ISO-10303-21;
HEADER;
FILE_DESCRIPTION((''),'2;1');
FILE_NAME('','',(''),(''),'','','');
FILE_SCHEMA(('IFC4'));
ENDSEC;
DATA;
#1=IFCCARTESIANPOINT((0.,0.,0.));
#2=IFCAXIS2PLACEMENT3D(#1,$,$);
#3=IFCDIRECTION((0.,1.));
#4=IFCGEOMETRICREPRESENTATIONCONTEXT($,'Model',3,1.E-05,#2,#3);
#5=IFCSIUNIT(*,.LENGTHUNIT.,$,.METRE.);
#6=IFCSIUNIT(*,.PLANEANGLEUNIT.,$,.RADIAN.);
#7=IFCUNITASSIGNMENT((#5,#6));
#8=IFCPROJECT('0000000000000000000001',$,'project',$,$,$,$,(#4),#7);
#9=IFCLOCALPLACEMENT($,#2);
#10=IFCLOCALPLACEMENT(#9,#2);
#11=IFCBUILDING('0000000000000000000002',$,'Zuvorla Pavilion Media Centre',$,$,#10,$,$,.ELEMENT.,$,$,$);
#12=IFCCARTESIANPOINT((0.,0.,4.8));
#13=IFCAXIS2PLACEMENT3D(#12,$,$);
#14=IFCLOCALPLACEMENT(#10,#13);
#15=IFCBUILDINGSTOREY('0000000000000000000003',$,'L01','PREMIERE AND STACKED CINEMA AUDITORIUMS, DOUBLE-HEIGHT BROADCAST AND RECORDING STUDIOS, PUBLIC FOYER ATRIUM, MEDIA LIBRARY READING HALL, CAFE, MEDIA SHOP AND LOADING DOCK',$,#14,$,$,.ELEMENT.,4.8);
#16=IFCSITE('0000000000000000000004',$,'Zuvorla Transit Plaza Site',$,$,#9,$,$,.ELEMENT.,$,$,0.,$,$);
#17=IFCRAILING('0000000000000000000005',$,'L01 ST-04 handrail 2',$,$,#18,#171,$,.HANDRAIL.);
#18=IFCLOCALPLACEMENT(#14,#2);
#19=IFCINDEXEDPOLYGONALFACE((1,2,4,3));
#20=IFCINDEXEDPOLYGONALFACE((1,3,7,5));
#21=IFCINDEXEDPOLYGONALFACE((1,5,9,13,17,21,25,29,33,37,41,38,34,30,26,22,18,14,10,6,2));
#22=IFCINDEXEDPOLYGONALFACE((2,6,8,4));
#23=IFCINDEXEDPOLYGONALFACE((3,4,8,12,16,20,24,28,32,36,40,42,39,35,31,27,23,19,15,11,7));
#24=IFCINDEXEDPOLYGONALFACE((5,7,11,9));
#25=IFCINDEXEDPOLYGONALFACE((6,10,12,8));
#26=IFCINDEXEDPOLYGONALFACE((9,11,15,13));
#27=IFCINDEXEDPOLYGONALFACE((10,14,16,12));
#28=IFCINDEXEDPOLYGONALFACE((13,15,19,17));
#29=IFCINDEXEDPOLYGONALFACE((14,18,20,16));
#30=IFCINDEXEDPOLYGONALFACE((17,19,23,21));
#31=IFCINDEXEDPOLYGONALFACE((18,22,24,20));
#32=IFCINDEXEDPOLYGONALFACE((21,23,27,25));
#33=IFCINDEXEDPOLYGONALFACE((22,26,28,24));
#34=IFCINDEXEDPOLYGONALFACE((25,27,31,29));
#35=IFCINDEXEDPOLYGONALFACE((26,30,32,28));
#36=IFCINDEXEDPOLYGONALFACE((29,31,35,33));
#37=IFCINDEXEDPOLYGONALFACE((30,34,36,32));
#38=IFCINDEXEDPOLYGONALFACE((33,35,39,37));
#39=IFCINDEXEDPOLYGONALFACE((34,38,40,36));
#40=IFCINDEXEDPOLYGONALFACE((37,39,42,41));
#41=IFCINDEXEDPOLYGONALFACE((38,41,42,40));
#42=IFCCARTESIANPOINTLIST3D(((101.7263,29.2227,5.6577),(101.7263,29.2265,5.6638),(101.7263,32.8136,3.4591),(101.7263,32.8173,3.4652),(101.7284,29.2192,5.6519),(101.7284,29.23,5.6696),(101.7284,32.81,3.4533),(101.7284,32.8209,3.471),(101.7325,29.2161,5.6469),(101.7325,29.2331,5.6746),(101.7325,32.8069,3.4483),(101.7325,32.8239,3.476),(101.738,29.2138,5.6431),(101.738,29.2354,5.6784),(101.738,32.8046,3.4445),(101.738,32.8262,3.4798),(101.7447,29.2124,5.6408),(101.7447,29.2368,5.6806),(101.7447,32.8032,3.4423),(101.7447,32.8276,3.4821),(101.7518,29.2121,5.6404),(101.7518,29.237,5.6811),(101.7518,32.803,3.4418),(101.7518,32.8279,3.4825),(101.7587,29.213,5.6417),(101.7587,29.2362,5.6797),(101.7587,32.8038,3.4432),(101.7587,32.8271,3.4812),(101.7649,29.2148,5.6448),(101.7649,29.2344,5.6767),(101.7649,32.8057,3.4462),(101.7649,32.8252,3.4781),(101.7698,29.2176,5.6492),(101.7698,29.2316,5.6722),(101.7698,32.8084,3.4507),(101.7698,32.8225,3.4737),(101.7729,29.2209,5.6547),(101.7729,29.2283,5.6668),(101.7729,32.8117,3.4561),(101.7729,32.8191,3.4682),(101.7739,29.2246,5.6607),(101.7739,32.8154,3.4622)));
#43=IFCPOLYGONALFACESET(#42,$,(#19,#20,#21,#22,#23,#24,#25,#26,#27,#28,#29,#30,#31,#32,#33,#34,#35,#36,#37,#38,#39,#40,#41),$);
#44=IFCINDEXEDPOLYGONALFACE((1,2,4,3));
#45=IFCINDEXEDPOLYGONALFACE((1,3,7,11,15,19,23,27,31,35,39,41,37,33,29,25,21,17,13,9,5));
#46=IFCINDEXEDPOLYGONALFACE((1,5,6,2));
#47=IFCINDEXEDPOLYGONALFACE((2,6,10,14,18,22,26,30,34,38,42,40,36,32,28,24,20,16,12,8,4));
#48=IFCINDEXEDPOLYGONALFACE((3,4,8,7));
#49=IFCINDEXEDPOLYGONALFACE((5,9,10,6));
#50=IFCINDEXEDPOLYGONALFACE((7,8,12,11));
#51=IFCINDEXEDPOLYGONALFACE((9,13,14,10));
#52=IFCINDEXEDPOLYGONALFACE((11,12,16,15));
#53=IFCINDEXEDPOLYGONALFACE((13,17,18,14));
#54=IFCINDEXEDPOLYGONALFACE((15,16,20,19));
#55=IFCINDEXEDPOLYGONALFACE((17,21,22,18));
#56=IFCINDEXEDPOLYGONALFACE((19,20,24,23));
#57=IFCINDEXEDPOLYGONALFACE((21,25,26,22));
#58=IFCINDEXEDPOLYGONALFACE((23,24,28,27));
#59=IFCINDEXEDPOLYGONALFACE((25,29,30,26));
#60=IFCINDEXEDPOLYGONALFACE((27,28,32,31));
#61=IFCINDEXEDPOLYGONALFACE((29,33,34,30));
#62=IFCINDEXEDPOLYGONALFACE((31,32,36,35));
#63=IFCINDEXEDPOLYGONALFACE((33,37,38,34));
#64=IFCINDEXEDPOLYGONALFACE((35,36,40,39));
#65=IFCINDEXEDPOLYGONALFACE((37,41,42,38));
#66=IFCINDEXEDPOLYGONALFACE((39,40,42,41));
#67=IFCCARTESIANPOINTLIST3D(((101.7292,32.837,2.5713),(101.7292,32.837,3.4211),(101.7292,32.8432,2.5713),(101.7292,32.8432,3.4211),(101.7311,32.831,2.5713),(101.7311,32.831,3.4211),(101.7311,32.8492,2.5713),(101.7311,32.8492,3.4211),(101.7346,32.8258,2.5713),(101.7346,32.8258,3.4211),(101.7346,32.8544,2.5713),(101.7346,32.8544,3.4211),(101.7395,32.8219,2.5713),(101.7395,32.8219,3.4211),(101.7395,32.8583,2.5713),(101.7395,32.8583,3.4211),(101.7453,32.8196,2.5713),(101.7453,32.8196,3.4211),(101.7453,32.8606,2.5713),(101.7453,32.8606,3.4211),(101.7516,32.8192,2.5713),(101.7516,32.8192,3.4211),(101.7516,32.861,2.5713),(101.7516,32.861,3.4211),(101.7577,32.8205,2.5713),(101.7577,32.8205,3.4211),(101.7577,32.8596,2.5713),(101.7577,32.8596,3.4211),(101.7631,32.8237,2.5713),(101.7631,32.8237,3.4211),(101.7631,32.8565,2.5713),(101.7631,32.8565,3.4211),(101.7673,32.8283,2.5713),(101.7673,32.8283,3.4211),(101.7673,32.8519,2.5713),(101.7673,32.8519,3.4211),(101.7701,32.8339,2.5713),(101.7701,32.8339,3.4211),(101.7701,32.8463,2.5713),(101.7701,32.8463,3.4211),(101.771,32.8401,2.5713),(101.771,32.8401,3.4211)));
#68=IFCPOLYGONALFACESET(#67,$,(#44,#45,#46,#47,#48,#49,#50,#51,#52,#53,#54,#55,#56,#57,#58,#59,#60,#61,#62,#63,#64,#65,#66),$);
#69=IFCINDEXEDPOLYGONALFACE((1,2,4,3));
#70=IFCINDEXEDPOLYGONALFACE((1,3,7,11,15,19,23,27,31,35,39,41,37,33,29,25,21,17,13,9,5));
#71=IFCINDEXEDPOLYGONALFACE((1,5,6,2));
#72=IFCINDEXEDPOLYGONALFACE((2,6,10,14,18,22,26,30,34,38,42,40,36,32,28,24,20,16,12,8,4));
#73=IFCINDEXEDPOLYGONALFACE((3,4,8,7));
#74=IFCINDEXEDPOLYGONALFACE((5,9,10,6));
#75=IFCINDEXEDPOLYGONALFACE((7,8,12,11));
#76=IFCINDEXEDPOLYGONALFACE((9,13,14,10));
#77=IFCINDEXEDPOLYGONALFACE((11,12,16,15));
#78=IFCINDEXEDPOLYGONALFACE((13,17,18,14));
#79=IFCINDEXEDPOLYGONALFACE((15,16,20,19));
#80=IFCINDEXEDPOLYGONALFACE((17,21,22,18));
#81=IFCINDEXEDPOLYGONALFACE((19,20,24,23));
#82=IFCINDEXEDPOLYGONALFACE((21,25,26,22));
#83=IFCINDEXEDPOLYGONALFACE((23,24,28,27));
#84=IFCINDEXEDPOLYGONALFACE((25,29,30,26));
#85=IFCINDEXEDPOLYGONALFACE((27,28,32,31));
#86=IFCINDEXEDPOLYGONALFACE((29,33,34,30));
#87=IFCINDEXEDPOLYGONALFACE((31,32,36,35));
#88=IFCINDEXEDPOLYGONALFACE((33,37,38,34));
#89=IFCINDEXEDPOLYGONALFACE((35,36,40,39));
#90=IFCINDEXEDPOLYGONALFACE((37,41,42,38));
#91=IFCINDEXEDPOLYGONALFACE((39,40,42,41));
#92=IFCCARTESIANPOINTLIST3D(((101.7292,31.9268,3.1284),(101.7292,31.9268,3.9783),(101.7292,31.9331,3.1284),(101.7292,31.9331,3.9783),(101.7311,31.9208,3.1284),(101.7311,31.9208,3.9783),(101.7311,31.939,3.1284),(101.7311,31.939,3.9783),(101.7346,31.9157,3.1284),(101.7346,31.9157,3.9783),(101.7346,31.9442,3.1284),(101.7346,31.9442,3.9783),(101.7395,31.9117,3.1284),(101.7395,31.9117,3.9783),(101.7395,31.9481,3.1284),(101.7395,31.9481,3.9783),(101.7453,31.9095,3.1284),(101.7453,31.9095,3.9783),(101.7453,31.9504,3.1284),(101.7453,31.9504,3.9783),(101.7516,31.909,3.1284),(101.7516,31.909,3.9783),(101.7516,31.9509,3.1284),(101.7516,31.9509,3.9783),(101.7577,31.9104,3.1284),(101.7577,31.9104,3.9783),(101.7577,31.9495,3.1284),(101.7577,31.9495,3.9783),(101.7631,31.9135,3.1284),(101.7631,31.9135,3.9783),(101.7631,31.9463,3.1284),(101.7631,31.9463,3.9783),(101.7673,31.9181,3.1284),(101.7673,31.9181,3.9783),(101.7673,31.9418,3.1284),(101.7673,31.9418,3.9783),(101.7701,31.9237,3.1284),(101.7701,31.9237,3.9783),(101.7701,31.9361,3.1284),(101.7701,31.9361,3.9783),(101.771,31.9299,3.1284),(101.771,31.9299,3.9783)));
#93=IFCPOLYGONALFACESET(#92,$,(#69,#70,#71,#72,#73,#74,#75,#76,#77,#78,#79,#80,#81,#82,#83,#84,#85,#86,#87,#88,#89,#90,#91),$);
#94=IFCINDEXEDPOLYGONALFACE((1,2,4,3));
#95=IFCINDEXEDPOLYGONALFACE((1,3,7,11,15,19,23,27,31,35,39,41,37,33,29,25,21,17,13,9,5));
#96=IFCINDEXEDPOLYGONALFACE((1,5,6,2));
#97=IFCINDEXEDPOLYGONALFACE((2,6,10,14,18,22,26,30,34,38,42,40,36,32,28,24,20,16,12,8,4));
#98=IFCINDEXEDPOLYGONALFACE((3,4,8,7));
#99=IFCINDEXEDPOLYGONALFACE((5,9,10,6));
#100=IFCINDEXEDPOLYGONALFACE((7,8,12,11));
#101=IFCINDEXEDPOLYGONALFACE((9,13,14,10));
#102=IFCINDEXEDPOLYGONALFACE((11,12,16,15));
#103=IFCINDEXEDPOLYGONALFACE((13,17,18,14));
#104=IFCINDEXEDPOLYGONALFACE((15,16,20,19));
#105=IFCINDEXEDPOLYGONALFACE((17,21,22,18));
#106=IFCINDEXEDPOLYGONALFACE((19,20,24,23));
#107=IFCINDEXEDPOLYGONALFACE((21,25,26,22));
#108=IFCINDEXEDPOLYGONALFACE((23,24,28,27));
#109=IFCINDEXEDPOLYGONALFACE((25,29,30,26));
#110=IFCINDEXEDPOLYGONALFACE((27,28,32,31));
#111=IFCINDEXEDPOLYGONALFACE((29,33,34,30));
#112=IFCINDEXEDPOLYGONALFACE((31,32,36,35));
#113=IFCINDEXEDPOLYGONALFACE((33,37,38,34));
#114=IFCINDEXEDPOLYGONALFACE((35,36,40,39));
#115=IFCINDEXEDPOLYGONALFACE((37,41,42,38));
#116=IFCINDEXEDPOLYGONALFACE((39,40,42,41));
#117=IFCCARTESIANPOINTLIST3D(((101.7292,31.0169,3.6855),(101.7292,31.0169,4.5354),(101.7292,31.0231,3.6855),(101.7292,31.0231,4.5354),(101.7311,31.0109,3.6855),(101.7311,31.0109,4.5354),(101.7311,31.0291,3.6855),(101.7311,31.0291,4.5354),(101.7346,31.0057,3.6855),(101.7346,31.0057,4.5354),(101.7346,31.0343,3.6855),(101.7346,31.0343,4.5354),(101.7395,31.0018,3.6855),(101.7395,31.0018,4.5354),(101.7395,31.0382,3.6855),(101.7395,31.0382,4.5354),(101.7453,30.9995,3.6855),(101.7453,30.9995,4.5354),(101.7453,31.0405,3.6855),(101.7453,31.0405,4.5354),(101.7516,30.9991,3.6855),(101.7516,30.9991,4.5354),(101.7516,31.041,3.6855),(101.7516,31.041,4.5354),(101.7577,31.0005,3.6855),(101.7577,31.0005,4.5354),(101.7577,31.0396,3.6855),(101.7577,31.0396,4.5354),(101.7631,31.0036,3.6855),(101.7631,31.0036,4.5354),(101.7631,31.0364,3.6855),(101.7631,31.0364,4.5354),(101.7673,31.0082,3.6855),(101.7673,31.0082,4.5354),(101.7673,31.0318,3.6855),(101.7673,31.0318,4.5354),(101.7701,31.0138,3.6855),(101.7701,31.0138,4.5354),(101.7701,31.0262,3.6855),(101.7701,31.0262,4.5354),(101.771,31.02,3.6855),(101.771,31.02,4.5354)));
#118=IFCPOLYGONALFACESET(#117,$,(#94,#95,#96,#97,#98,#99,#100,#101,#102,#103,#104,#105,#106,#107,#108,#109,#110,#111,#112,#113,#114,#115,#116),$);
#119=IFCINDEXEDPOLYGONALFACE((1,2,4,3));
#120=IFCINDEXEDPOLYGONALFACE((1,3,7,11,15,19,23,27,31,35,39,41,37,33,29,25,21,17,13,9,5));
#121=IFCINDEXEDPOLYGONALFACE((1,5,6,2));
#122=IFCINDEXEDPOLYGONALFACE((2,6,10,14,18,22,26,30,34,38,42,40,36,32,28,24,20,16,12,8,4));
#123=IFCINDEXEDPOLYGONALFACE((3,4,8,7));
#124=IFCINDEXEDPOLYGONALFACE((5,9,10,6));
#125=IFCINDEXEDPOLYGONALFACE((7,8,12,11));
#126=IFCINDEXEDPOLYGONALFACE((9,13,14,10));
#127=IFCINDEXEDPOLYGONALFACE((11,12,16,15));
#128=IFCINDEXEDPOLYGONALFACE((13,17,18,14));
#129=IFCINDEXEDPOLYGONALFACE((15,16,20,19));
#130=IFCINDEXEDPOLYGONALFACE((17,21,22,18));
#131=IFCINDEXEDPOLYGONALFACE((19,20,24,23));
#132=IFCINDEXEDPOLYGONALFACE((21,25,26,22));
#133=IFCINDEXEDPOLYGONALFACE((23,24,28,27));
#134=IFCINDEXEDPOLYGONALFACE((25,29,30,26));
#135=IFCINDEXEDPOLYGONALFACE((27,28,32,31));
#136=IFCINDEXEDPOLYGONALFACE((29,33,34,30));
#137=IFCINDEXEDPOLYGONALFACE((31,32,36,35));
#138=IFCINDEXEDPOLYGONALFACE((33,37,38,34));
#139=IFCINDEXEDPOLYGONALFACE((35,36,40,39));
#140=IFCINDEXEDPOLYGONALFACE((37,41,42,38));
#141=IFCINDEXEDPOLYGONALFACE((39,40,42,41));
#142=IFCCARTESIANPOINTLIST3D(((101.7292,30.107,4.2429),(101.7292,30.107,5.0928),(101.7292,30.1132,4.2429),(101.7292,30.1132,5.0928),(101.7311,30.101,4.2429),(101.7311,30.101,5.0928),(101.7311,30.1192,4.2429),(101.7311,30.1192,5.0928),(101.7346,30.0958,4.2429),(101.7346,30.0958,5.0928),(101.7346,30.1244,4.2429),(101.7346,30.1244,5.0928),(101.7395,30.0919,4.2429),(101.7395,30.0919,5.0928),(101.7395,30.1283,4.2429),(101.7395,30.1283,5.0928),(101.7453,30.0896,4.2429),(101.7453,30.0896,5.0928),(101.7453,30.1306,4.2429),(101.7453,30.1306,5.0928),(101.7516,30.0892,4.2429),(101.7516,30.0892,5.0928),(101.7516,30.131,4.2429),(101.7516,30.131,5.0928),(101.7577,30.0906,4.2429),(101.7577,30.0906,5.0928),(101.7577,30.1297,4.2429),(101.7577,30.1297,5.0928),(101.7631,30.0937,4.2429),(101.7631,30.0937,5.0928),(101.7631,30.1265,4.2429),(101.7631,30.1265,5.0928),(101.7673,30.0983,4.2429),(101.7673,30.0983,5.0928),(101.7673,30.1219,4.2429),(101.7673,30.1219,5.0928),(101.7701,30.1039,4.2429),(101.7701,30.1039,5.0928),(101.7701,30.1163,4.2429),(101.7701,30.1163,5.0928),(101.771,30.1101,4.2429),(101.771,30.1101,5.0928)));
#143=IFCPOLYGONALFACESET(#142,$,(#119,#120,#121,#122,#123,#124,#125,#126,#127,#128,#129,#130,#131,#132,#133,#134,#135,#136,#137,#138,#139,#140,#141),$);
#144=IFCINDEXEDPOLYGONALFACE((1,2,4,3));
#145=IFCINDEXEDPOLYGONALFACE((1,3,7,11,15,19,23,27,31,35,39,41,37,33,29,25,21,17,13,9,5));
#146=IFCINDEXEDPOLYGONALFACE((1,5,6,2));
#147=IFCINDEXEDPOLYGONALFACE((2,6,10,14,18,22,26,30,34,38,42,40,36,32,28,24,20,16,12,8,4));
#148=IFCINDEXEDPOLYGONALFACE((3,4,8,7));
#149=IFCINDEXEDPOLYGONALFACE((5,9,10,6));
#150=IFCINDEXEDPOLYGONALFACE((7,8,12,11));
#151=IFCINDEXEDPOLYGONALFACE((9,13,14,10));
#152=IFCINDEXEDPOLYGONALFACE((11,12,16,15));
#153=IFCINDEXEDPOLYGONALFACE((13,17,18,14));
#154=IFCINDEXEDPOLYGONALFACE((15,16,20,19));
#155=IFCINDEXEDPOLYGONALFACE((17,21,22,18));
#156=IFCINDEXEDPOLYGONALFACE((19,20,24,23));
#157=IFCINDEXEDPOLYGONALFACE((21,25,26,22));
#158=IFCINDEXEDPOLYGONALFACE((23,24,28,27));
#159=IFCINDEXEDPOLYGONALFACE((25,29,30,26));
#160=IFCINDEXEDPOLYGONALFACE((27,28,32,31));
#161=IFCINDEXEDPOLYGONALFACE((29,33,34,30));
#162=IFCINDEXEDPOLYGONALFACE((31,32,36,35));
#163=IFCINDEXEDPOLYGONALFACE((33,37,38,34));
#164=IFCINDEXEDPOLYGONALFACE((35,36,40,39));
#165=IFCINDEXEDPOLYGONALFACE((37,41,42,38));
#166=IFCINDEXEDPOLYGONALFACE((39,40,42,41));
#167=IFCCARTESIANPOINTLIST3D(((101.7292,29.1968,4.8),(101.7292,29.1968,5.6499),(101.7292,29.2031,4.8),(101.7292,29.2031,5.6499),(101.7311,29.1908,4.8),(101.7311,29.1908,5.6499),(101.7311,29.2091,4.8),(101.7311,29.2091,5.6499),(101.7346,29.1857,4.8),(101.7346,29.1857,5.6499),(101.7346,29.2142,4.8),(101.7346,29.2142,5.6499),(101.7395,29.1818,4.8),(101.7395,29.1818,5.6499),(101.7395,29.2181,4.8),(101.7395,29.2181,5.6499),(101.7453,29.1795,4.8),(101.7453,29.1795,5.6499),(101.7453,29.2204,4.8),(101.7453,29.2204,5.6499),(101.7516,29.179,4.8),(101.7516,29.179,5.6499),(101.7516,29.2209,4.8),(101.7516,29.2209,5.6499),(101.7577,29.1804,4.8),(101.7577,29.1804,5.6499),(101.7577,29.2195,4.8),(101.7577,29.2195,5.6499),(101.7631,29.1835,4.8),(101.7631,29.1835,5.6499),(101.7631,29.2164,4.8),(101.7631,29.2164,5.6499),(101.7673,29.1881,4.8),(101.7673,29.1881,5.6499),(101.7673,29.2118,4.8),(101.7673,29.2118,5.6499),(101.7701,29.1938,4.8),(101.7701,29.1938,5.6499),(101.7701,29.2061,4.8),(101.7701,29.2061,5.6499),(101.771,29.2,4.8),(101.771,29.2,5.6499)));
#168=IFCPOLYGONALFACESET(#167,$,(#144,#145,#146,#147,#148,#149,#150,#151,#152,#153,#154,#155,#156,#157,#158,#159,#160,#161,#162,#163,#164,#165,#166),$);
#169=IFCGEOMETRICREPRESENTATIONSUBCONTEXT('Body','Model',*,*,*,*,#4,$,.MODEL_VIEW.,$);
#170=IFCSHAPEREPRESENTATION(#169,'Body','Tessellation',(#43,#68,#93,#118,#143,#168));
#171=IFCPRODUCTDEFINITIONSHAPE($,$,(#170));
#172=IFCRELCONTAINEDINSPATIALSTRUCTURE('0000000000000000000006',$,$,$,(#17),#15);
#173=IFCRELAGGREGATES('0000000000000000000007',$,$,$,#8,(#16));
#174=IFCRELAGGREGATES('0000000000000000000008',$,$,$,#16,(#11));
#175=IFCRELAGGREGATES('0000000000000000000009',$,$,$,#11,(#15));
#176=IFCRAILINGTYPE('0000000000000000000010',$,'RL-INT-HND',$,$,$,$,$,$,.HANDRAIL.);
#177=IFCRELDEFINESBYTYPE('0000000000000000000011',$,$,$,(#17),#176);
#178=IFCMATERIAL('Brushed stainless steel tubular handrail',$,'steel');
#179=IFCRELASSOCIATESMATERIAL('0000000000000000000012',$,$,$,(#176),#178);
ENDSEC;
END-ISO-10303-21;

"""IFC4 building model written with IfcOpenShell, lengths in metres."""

from ifc_helpers import new_model, si_unit, direction, frame, origin, origin_2d, place, context, subcontext, project, spatial, circle, extrude, material, type_object, element, save


model = new_model("IFC4")

# Units and contexts
model_context = context("Model", 3, precision=1e-05, world=origin(), true_north=direction((0.0, 1.0)))
body_context = subcontext(model_context, "Body", "Model", "MODEL_VIEW")
ifc_project = project(units=[si_unit("LENGTHUNIT", "METRE"), si_unit("PLANEANGLEUNIT", "RADIAN")], contexts=[model_context])

# Site, building, storey
site_placement = place(None, origin())
site = spatial("IfcSite", under=ifc_project, at=site_placement, Name="Zuvorla Transit Plaza Site", CompositionType="ELEMENT", RefElevation=0.0)
building_placement = place(site_placement, origin())
building = spatial("IfcBuilding", under=site, at=building_placement, Name="Zuvorla Pavilion Media Centre", CompositionType="ELEMENT")
storey_placement = place(building_placement, frame((0.0, 0.0, 4.8)))
storey = spatial("IfcBuildingStorey", under=building, at=storey_placement, Name="L01", Description="PREMIERE AND STACKED CINEMA AUDITORIUMS, DOUBLE-HEIGHT BROADCAST AND RECORDING STUDIOS, PUBLIC FOYER ATRIUM, MEDIA LIBRARY READING HALL, CAFE, MEDIA SHOP AND LOADING DOCK", CompositionType="ELEMENT", Elevation=4.8)

# Railing
ifc_material_1 = material(Name="Brushed stainless steel tubular handrail", Category="steel")
railing_type_1 = type_object("IfcRailingType", Name="RL-INT-HND", PredefinedType="HANDRAIL", material=ifc_material_1)
railing_1_placement = place(storey_placement, frame((101.75, 32.8401, 2.5713)))
element("IfcRailing", 1, at=railing_1_placement, inside=storey, type_object=railing_type_1, Name="L01 ST-04 handrail 2", PredefinedType="HANDRAIL", context=body_context, shape_type="SweptSolid", body=[
    extrude(circle(Radius=0.0239, at=origin_2d()), frame((0.0, -0.0247, 0.8909), z_axis=(0.0, -0.85284, 0.522172), x_axis=(1.0, 0.0, 0.0)), (0.0, 0.0, 1.0), 4.2104),
    extrude(circle(Radius=0.021, at=origin_2d()), origin(), (0.0, 0.0, 1.0), 0.8499),
    extrude(circle(Radius=0.021, at=origin_2d()), frame((0.0, -0.9102, 0.5571)), (0.0, 0.0, 1.0), 0.8499),
    extrude(circle(Radius=0.021, at=origin_2d()), frame((0.0, -1.8201, 1.1143)), (0.0, 0.0, 1.0), 0.8499),
    extrude(circle(Radius=0.021, at=origin_2d()), frame((0.0, -2.73, 1.6716)), (0.0, 0.0, 1.0), 0.8499),
    extrude(circle(Radius=0.021, at=origin_2d()), frame((0.0, -3.6401, 2.2288)), (0.0, 0.0, 1.0), 0.8499),
])

save(model, "model.ifc")
